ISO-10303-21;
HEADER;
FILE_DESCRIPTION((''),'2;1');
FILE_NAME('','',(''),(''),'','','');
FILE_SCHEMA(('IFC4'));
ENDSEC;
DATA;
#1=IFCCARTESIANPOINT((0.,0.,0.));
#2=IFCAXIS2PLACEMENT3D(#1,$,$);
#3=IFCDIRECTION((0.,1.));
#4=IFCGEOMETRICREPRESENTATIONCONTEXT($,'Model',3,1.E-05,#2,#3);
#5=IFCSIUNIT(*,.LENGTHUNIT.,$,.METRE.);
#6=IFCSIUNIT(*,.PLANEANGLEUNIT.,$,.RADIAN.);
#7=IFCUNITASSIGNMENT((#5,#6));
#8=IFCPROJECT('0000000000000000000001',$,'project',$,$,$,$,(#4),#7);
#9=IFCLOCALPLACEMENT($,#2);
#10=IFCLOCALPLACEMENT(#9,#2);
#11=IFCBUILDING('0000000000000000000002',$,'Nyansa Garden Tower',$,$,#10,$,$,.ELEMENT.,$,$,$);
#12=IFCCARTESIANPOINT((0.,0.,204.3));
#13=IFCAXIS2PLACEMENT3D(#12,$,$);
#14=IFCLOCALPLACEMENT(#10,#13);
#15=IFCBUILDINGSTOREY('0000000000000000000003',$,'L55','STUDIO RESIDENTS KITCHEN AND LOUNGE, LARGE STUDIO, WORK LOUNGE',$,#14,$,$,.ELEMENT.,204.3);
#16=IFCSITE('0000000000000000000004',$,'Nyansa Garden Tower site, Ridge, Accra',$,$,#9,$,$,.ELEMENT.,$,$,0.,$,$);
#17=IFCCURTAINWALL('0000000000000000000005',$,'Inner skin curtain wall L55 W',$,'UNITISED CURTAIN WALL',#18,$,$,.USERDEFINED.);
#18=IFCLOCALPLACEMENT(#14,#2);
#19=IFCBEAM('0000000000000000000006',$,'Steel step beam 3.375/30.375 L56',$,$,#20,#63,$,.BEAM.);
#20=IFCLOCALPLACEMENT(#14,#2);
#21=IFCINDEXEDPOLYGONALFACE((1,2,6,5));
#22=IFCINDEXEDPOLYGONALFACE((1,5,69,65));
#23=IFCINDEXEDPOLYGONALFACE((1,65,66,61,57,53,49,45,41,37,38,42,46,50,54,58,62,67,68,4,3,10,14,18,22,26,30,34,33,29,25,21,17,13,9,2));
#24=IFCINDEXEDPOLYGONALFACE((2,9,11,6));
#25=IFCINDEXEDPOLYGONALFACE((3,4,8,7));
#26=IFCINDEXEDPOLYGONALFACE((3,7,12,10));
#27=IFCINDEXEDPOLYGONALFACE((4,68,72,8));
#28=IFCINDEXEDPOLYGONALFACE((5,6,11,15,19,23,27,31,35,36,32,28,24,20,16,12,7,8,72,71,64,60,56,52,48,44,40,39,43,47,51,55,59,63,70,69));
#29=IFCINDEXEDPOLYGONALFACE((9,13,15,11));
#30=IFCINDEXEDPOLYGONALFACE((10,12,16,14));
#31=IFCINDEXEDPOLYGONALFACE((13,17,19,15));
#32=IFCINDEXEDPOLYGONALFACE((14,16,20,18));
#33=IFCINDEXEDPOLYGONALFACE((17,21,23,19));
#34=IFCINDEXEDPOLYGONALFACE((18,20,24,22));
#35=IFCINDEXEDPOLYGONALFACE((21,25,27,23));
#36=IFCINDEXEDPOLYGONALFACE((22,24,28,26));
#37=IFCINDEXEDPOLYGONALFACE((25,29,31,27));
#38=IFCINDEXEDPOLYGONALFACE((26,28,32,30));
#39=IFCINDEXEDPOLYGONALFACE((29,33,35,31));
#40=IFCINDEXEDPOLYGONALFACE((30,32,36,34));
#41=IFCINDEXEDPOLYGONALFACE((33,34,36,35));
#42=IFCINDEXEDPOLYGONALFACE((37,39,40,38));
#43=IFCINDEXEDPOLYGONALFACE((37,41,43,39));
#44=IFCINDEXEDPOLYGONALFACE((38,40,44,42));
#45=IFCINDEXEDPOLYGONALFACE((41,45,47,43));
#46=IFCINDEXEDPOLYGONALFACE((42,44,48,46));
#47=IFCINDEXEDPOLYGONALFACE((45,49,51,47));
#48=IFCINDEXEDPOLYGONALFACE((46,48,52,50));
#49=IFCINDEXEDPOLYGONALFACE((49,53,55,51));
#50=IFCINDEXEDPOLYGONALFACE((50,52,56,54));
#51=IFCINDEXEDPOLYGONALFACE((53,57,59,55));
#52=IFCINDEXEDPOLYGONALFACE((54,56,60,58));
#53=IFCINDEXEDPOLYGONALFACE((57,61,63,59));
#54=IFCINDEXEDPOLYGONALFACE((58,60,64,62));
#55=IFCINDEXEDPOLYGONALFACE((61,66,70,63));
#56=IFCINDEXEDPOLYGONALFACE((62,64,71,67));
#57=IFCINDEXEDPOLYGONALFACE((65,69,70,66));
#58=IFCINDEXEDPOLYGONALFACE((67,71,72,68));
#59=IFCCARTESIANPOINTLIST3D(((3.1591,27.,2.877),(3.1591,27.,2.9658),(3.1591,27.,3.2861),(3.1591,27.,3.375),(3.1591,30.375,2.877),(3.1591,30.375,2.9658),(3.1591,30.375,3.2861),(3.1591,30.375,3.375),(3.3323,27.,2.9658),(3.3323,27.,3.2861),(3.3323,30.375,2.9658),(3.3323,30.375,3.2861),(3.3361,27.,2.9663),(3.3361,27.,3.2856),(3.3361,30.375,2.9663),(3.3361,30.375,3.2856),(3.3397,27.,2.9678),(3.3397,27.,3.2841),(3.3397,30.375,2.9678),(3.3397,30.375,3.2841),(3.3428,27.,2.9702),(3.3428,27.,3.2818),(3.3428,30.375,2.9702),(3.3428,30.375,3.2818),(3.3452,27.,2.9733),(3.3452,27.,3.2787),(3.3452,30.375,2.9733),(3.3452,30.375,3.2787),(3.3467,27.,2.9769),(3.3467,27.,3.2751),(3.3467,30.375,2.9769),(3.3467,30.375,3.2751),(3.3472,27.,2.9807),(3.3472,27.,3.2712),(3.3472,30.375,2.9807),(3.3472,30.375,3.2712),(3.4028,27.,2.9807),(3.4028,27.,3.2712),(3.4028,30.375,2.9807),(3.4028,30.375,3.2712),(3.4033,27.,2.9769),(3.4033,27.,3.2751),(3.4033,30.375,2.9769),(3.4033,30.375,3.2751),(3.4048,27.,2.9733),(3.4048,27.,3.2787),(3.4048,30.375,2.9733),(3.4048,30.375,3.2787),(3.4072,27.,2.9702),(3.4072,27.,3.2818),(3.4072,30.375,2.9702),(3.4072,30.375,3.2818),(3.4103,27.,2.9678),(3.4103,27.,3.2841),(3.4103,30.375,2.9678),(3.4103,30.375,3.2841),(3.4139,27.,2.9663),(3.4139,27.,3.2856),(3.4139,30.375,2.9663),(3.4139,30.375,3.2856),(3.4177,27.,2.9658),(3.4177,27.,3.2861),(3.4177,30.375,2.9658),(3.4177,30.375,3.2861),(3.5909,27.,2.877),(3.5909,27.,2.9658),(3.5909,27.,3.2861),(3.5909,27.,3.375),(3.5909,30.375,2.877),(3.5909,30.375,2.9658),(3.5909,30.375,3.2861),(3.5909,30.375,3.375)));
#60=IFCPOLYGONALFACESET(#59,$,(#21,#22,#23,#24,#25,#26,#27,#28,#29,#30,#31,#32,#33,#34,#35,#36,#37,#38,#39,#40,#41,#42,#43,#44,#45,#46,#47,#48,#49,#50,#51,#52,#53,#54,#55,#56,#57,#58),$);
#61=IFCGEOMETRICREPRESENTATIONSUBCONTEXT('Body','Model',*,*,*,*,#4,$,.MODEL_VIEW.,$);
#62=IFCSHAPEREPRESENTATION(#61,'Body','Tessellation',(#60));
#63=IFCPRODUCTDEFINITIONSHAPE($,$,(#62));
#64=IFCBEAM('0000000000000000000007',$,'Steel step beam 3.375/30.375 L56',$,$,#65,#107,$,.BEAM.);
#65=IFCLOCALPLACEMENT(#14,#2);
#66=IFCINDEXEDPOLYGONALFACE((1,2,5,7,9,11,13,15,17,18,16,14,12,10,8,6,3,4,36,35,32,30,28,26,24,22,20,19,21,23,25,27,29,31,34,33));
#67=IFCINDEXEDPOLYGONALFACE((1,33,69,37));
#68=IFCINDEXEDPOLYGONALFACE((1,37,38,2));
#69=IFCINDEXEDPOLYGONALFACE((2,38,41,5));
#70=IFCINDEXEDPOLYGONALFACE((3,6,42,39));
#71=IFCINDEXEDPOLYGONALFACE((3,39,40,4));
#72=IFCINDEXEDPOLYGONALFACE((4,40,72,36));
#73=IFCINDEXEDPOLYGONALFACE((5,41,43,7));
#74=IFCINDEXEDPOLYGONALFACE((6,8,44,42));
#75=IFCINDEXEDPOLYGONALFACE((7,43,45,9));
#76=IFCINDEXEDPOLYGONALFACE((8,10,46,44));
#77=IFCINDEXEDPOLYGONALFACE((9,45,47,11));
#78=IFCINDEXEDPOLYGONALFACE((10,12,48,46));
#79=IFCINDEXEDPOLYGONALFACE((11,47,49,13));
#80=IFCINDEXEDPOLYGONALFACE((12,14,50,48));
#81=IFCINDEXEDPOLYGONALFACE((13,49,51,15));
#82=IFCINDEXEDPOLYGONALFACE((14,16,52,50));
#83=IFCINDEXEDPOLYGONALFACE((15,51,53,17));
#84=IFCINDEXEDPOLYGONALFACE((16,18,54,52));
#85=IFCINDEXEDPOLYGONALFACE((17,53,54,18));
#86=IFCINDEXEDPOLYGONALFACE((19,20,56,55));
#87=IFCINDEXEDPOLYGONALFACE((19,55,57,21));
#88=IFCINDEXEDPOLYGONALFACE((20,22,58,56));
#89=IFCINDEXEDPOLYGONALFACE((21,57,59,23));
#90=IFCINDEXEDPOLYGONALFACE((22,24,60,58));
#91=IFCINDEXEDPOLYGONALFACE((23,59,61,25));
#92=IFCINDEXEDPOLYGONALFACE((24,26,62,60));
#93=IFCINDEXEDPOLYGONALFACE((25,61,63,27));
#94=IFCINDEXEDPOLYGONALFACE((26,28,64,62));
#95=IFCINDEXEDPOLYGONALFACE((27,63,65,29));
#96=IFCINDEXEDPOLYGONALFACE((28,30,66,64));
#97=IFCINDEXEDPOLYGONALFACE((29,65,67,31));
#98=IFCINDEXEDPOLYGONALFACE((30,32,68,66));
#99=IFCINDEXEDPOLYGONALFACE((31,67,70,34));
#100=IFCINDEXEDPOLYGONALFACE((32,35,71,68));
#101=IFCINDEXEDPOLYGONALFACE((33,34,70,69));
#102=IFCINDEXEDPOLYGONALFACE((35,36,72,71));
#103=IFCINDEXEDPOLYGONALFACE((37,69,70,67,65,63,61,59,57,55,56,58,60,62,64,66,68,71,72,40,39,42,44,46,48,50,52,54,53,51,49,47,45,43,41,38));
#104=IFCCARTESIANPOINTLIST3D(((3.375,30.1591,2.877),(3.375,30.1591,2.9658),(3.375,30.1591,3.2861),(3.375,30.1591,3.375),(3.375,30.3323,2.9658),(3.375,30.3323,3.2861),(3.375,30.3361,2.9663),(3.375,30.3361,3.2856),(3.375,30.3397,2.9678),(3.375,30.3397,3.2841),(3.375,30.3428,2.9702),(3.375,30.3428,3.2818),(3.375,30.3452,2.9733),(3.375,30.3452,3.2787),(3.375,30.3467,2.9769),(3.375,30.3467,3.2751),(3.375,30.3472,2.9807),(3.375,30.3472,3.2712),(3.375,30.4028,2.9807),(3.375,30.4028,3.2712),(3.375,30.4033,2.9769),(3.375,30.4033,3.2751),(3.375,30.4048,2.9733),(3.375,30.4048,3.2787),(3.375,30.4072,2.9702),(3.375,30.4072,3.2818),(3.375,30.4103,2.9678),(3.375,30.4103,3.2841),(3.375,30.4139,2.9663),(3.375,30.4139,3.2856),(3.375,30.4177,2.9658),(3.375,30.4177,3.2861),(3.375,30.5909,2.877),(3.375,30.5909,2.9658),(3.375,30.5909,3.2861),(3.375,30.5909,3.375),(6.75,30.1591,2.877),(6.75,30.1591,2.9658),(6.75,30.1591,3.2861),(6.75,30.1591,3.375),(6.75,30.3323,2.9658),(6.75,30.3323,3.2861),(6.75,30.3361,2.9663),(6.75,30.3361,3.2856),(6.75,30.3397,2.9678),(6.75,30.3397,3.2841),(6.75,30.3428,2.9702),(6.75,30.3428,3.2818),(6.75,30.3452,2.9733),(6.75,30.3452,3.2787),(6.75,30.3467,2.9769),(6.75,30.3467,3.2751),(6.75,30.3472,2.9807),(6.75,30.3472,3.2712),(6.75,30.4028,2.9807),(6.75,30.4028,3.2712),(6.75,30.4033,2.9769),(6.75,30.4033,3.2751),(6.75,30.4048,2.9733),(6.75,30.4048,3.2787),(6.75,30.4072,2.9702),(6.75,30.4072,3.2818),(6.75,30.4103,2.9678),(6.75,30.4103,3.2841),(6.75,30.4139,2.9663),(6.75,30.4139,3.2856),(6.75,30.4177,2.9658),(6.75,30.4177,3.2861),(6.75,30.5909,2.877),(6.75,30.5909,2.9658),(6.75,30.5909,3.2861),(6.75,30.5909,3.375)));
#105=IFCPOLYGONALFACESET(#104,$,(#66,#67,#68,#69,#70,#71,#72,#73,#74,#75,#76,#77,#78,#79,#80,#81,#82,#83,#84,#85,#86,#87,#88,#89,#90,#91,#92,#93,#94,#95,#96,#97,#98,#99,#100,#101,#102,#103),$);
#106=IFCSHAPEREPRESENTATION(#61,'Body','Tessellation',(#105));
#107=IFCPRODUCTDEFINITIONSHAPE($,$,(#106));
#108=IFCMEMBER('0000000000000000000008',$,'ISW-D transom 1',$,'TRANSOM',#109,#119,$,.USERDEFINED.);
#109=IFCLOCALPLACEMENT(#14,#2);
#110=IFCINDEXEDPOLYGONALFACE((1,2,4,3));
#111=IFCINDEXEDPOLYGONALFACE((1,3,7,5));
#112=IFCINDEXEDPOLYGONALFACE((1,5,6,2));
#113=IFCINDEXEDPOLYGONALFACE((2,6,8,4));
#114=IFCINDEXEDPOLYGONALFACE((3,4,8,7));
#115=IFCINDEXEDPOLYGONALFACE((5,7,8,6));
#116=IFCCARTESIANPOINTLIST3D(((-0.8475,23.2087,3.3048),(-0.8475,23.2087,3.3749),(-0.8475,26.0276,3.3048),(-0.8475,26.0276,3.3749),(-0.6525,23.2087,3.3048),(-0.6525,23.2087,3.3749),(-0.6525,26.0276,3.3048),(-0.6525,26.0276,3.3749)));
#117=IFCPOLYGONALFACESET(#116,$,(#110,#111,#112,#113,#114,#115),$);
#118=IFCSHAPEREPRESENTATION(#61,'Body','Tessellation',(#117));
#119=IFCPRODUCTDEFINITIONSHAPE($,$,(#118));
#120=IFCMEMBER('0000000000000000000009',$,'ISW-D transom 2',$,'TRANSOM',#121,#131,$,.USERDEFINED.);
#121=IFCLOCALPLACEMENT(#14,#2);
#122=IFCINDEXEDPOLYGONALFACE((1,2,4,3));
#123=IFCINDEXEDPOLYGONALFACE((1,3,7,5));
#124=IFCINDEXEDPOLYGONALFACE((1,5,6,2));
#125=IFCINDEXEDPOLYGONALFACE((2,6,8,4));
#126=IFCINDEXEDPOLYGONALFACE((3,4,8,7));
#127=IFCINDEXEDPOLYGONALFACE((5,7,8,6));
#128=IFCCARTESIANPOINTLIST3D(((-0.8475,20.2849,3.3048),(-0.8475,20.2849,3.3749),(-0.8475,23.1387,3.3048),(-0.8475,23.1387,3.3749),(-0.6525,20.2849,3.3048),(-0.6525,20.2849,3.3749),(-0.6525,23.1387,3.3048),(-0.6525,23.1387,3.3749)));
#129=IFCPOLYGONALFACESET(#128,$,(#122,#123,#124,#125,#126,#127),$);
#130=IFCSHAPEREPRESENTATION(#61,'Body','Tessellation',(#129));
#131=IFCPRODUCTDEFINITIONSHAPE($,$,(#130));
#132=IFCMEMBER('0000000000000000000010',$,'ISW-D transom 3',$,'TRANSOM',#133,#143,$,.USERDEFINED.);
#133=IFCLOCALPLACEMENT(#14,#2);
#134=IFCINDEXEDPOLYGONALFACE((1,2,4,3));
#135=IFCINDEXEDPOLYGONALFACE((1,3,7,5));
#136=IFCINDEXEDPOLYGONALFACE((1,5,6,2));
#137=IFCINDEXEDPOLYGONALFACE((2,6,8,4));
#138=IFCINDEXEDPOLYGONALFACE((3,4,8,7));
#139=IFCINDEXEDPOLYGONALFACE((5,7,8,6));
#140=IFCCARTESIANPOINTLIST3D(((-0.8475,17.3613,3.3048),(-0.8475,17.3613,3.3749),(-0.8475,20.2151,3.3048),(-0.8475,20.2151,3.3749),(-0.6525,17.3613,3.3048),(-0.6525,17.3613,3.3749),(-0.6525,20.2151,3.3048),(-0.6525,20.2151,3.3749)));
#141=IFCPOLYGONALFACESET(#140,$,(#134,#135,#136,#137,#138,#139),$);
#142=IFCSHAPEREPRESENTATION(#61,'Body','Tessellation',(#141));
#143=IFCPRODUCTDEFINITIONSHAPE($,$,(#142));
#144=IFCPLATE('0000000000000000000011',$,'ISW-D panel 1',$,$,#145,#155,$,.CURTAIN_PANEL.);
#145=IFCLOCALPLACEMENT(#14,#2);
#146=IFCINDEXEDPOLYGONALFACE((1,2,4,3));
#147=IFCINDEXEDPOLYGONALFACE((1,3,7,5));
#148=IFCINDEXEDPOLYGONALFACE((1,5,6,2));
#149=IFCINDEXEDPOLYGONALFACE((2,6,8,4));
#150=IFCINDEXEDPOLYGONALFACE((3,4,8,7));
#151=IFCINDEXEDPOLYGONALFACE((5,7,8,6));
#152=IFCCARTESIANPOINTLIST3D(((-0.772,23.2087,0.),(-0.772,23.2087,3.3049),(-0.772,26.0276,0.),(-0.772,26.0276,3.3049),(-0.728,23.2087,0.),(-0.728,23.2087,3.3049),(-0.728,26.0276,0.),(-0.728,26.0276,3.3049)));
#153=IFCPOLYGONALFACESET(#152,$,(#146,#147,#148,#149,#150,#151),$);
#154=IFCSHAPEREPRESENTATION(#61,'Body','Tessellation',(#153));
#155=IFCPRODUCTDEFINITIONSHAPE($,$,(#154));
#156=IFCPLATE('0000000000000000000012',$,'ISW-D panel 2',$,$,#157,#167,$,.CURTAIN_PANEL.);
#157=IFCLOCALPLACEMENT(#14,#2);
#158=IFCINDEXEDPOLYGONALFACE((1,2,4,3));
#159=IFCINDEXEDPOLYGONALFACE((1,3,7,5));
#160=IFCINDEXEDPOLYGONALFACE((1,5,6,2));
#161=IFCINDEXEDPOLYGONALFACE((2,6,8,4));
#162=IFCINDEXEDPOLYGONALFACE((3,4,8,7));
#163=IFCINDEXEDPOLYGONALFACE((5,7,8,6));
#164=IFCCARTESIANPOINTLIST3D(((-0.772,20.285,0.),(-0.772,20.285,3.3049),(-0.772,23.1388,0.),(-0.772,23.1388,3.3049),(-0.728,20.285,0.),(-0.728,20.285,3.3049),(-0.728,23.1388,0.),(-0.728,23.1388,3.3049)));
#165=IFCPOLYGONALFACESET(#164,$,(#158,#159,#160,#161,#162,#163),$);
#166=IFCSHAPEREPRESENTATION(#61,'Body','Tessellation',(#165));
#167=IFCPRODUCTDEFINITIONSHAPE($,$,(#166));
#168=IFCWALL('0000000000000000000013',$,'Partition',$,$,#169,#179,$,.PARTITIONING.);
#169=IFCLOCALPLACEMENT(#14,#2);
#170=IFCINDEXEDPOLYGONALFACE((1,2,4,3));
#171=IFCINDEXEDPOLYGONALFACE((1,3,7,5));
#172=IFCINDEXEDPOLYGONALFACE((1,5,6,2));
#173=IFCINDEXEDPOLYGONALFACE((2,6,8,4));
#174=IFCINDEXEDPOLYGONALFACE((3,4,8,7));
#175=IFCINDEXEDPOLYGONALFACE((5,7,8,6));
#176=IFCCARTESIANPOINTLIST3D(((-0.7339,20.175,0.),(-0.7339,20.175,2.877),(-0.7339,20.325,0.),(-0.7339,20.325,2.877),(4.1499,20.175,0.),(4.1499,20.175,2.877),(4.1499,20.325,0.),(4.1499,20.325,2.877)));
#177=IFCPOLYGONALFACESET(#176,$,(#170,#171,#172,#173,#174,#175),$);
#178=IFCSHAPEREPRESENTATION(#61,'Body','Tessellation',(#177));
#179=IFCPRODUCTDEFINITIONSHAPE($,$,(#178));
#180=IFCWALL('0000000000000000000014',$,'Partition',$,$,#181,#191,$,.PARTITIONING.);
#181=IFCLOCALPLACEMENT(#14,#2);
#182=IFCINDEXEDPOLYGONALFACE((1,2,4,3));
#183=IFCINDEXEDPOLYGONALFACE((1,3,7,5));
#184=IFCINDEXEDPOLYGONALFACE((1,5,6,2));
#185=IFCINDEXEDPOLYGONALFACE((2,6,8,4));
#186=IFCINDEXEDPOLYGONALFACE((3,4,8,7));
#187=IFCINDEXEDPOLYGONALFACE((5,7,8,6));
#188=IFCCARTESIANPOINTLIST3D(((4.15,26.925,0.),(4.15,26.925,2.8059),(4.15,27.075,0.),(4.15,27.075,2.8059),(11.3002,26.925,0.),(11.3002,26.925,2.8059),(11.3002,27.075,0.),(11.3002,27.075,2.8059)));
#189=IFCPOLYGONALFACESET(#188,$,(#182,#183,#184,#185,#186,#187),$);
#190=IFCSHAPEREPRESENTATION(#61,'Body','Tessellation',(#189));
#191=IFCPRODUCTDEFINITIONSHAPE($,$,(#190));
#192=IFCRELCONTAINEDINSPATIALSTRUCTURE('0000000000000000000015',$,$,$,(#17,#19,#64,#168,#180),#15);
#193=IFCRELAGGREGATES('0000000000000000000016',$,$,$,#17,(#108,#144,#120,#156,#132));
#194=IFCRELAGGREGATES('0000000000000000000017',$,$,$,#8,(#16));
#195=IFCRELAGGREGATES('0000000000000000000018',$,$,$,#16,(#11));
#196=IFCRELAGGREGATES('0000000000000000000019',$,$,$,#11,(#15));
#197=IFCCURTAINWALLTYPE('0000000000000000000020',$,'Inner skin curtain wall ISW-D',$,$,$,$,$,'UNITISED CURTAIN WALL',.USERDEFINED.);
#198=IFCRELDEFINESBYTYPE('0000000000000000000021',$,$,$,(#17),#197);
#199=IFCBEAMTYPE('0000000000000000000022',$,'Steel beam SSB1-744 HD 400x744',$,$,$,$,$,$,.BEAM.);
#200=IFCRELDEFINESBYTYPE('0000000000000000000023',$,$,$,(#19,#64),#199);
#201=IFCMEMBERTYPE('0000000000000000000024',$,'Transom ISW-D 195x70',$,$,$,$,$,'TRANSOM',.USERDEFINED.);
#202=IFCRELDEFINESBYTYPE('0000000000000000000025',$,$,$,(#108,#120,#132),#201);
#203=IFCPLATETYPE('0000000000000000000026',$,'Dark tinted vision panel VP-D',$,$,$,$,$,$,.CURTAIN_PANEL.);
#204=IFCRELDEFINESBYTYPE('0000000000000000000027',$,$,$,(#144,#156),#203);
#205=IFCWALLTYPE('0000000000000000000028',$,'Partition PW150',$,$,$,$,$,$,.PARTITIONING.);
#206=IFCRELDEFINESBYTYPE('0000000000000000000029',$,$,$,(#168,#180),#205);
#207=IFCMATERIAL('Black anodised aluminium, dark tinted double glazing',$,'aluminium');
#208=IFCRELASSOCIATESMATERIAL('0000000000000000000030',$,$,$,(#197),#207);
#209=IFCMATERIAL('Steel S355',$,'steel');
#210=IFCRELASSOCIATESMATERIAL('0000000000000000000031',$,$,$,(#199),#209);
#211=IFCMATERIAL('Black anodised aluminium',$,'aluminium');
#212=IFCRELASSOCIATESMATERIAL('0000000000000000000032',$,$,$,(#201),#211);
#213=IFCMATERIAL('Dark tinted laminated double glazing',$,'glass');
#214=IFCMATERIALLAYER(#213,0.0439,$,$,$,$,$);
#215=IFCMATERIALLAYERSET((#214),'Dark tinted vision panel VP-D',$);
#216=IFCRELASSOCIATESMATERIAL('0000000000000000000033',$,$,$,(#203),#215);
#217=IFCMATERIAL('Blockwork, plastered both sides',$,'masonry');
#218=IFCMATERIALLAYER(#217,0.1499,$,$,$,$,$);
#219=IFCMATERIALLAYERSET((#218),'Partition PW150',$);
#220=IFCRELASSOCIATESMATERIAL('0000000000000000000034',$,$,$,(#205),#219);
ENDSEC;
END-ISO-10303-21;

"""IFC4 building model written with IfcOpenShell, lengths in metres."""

from ifc_helpers import new_model, si_unit, direction, frame, frame_2d, origin, origin_2d, place, context, subcontext, project, spatial, rectangle, i_section, extrude, material, layer, layer_set, material_profile, profile_set, type_object, element, aggregate, save


model = new_model("IFC4")

# Units and contexts
model_context = context("Model", 3, precision=1e-05, world=origin(), true_north=direction((0.0, 1.0)))
body_context = subcontext(model_context, "Body", "Model", "MODEL_VIEW")
ifc_project = project(units=[si_unit("LENGTHUNIT", "METRE"), si_unit("PLANEANGLEUNIT", "RADIAN")], contexts=[model_context])

# Site, building, storey
site_placement = place(None, origin())
site = spatial("IfcSite", under=ifc_project, at=site_placement, Name="Nyansa Garden Tower site, Ridge, Accra", CompositionType="ELEMENT", RefElevation=0.0)
building_placement = place(site_placement, origin())
building = spatial("IfcBuilding", under=site, at=building_placement, Name="Nyansa Garden Tower", CompositionType="ELEMENT")
storey_placement = place(building_placement, frame((0.0, 0.0, 204.3)))
storey = spatial("IfcBuildingStorey", under=building, at=storey_placement, Name="L55", Description="STUDIO RESIDENTS KITCHEN AND LOUNGE, LARGE STUDIO, WORK LOUNGE", CompositionType="ELEMENT", Elevation=204.3)

# Shared definitions
ifc_material_1 = material(Name="Black anodised aluminium, dark tinted double glazing", Category="aluminium")
curtain_wall_type = type_object("IfcCurtainWallType", Name="Inner skin curtain wall ISW-D", ElementType="UNITISED CURTAIN WALL", PredefinedType="USERDEFINED", material=ifc_material_1)

# Curtain wall
curtain_wall_1_placement = place(storey_placement, origin())
curtain_wall_1 = element("IfcCurtainWall", 1, at=curtain_wall_1_placement, inside=storey, type_object=curtain_wall_type, Name="Inner skin curtain wall L55 W", ObjectType="UNITISED CURTAIN WALL", PredefinedType="USERDEFINED")

# Beams
ifc_material_2 = material(Name="Steel S355", Category="steel")
ifc_material_profile_1 = material_profile(ifc_material_2, i_section(OverallWidth=0.4319, OverallDepth=0.498, WebThickness=0.0557, FlangeThickness=0.0889, FilletRadius=0.0149, at=origin_2d()), Name="HD 400x744")
ifc_profile_set_1 = profile_set([ifc_material_profile_1], Name="Steel S355")
beam_type_1 = type_object("IfcBeamType", Name="Steel beam SSB1-744 HD 400x744", PredefinedType="BEAM", material=ifc_profile_set_1)
for number, where, z_axis, x_axis, name in (
    (2, (3.375, 30.375, 3.126), (0.0, -1.0, 0.0), (1.0, 0.0, 0.0), "Steel step beam 3.375/30.375 L56"),
    (3, (3.375, 30.375, 3.126), (1.0, 0.0, 0.0), (0.0, 1.0, 0.0), "Steel step beam 3.375/30.375 L56"),
):
    element("IfcBeam", number, at=place(storey_placement, frame(where, z_axis=z_axis, x_axis=x_axis)), inside=storey, type_object=beam_type_1, Name=name, PredefinedType="BEAM", context=body_context, shape_type="SweptSolid", body=[
        extrude(i_section(OverallWidth=0.4319, OverallDepth=0.498, WebThickness=0.0557, FlangeThickness=0.0889, FilletRadius=0.0149, at=origin_2d()), origin(), (0.0, 0.0, 1.0), 3.375),
    ])

# Members
ifc_material_3 = material(Name="Black anodised aluminium", Category="aluminium")
ifc_material_profile_2 = material_profile(ifc_material_3, rectangle(XDim=0.1951, YDim=0.0701, at=origin_2d()), Name="Transom 195x70")
ifc_profile_set_2 = profile_set([ifc_material_profile_2], Name="Black anodised aluminium")
member_type_1 = type_object("IfcMemberType", Name="Transom ISW-D 195x70", ElementType="TRANSOM", PredefinedType="USERDEFINED", material=ifc_profile_set_2)
member_1_placement = place(storey_placement, frame((-0.75, 26.0276, 3.3398), z_axis=(0.0, -1.0, 0.0), x_axis=(1.0, 0.0, 0.0)))
member_1 = element("IfcMember", 4, at=member_1_placement, type_object=member_type_1, Name="ISW-D transom 1", ObjectType="TRANSOM", PredefinedType="USERDEFINED", context=body_context, shape_type="SweptSolid", body=[
    extrude(rectangle(XDim=0.1951, YDim=0.0701, at=origin_2d()), origin(), (0.0, 0.0, 1.0), 2.8188),
])
member_2_placement = place(storey_placement, frame((-0.75, 23.1387, 3.3398), z_axis=(0.0, -1.0, 0.0), x_axis=(1.0, 0.0, 0.0)))
member_2 = element("IfcMember", 5, at=member_2_placement, type_object=member_type_1, Name="ISW-D transom 2", ObjectType="TRANSOM", PredefinedType="USERDEFINED", context=body_context, shape_type="SweptSolid", body=[
    extrude(rectangle(XDim=0.1951, YDim=0.0701, at=origin_2d()), origin(), (0.0, 0.0, 1.0), 2.8538),
])
member_3_placement = place(storey_placement, frame((-0.75, 20.2151, 3.3398), z_axis=(0.0, -1.0, 0.0), x_axis=(1.0, 0.0, 0.0)))
member_3 = element("IfcMember", 6, at=member_3_placement, type_object=member_type_1, Name="ISW-D transom 3", ObjectType="TRANSOM", PredefinedType="USERDEFINED", context=body_context, shape_type="SweptSolid", body=[
    extrude(rectangle(XDim=0.1951, YDim=0.0701, at=origin_2d()), origin(), (0.0, 0.0, 1.0), 2.8538),
])

# Plates
ifc_material_4 = material(Name="Dark tinted laminated double glazing", Category="glass")
ifc_layer_1 = layer(ifc_material_4, 0.0439)
ifc_layer_set_1 = layer_set([ifc_layer_1], Name="Dark tinted vision panel VP-D")
plate_type = type_object("IfcPlateType", Name="Dark tinted vision panel VP-D", PredefinedType="CURTAIN_PANEL", material=ifc_layer_set_1)
plate_1_placement = place(storey_placement, frame((-0.75, 24.6182, 0.0), z_axis=(0.0, 0.0, 1.0), x_axis=(0.0, -1.0, 0.0)))
plate_1 = element("IfcPlate", 7, at=plate_1_placement, type_object=plate_type, Name="ISW-D panel 1", PredefinedType="CURTAIN_PANEL", context=body_context, shape_type="SweptSolid", body=[
    extrude(rectangle(XDim=2.8188, YDim=0.0439, at=origin_2d()), origin(), (0.0, 0.0, 1.0), 3.3049),
])
plate_2_placement = place(storey_placement, frame((-0.75, 21.7119, 0.0), z_axis=(0.0, 0.0, 1.0), x_axis=(0.0, -1.0, 0.0)))
plate_2 = element("IfcPlate", 8, at=plate_2_placement, type_object=plate_type, Name="ISW-D panel 2", PredefinedType="CURTAIN_PANEL", context=body_context, shape_type="SweptSolid", body=[
    extrude(rectangle(XDim=2.8538, YDim=0.0439, at=origin_2d()), origin(), (0.0, 0.0, 1.0), 3.3049),
])
aggregate(curtain_wall_1, [member_1, plate_1, member_2, plate_2, member_3])

# Walls
ifc_material_5 = material(Name="Blockwork, plastered both sides", Category="masonry")
ifc_layer_2 = layer(ifc_material_5, 0.1499)
ifc_layer_set_2 = layer_set([ifc_layer_2], Name="Partition PW150")
wall_type_1 = type_object("IfcWallType", Name="Partition PW150", PredefinedType="PARTITIONING", material=ifc_layer_set_2)
wall_1_placement = place(storey_placement, frame((-0.7339, 20.25, 0.0), z_axis=(0.0, 0.0, 1.0), x_axis=(1.0, 0.0, 0.0)))
element("IfcWall", 9, at=wall_1_placement, inside=storey, type_object=wall_type_1, Name="Partition", PredefinedType="PARTITIONING", context=body_context, shape_type="SweptSolid", body=[
    extrude(rectangle(XDim=4.8838, YDim=0.1499, at=frame_2d((2.4419, 0.0))), origin(), (0.0, 0.0, 1.0), 2.877),
])
wall_2_placement = place(storey_placement, frame((4.1499, 27.0, 0.0), z_axis=(0.0, 0.0, 1.0), x_axis=(1.0, 0.0, 0.0)))
element("IfcWall", 10, at=wall_2_placement, inside=storey, type_object=wall_type_1, Name="Partition", PredefinedType="PARTITIONING", context=body_context, shape_type="SweptSolid", body=[
    extrude(rectangle(XDim=7.1501, YDim=0.1499, at=frame_2d((3.5752, 0.0))), origin(), (0.0, 0.0, 1.0), 2.8059),
])

save(model, "model.ifc")
